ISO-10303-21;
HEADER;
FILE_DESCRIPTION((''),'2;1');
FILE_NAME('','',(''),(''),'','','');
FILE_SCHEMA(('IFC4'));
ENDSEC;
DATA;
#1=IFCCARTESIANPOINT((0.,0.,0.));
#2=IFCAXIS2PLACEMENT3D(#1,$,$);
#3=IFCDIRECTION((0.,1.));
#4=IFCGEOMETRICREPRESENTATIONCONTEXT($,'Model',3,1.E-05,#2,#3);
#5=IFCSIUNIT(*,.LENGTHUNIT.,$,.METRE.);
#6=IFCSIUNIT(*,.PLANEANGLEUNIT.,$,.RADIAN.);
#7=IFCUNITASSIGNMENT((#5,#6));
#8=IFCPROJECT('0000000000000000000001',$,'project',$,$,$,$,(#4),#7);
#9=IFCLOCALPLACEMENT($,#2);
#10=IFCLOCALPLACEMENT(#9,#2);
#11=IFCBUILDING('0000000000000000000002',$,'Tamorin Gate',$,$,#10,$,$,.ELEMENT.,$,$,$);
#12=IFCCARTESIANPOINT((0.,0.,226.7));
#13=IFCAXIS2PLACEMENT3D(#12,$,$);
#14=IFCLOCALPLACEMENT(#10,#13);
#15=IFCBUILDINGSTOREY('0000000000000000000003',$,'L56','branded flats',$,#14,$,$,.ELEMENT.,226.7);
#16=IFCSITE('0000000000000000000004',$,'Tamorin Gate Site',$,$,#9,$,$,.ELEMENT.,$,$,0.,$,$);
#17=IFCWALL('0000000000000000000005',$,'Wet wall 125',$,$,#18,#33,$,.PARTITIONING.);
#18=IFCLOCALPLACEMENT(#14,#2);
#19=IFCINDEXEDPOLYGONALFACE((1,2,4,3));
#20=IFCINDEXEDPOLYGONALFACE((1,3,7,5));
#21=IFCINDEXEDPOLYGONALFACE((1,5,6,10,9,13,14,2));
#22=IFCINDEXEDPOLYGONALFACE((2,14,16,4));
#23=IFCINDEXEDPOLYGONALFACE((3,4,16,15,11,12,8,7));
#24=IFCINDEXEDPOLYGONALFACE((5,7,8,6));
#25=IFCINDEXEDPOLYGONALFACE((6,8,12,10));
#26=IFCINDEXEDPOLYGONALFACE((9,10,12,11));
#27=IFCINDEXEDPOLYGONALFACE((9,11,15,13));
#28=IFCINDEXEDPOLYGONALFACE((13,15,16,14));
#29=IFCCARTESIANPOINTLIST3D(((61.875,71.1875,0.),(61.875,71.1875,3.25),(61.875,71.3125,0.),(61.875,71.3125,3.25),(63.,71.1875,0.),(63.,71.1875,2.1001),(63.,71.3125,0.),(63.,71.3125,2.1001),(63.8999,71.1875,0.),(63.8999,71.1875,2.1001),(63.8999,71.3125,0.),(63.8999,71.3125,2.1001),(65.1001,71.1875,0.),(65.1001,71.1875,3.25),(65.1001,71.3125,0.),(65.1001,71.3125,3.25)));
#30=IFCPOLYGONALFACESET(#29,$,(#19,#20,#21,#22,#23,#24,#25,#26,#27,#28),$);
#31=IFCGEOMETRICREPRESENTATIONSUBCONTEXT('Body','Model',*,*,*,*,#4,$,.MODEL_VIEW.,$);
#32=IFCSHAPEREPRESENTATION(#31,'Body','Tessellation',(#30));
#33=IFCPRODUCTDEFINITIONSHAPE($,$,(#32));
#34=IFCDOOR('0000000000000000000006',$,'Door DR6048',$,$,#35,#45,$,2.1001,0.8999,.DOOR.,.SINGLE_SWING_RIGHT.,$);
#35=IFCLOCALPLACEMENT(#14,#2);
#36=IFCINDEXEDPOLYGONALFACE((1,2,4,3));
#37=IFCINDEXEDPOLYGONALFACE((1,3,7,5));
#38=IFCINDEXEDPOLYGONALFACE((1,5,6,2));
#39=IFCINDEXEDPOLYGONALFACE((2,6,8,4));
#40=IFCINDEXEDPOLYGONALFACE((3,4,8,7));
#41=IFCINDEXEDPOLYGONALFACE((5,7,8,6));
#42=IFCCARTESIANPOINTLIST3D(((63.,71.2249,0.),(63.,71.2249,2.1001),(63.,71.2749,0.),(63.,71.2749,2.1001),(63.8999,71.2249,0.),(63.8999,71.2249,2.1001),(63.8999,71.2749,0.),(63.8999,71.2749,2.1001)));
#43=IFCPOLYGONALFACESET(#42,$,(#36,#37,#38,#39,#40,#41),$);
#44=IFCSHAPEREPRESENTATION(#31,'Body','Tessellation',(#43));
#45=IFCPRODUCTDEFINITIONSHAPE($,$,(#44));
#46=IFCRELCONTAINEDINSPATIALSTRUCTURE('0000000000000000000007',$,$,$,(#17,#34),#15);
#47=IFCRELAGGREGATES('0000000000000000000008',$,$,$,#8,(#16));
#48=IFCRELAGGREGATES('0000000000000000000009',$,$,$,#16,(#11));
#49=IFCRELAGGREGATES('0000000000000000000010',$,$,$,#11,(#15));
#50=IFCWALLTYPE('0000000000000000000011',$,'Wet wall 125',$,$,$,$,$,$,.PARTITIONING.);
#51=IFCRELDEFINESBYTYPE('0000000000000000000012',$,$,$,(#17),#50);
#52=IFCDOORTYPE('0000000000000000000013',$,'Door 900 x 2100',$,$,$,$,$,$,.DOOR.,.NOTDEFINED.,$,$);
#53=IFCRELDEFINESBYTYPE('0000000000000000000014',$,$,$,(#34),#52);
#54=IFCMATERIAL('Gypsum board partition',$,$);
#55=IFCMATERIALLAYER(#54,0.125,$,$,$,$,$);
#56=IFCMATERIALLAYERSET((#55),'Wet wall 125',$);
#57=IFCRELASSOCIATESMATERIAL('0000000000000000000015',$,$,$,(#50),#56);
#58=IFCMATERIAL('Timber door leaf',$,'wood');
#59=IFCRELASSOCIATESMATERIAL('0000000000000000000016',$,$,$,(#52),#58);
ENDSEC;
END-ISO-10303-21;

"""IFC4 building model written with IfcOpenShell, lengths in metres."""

from ifc_helpers import new_model, si_unit, direction, frame, frame_2d, origin, place, context, subcontext, project, spatial, rectangle, extrude, material, layer, layer_set, type_object, element, fill, save


model = new_model("IFC4")

# Units and contexts
model_context = context("Model", 3, precision=1e-05, world=origin(), true_north=direction((0.0, 1.0)))
body_context = subcontext(model_context, "Body", "Model", "MODEL_VIEW")
ifc_project = project(units=[si_unit("LENGTHUNIT", "METRE"), si_unit("PLANEANGLEUNIT", "RADIAN")], contexts=[model_context])

# Site, building, storey
site_placement = place(None, origin())
site = spatial("IfcSite", under=ifc_project, at=site_placement, Name="Tamorin Gate Site", CompositionType="ELEMENT", RefElevation=0.0)
building_placement = place(site_placement, origin())
building = spatial("IfcBuilding", under=site, at=building_placement, Name="Tamorin Gate", CompositionType="ELEMENT")
storey_placement = place(building_placement, frame((0.0, 0.0, 226.7)))
storey = spatial("IfcBuildingStorey", under=building, at=storey_placement, Name="L56", Description="branded flats", CompositionType="ELEMENT", Elevation=226.7)

# Shared definitions
ifc_material_1 = material(Name="Gypsum board partition")

# Wall, opening, door
ifc_layer_1 = layer(ifc_material_1, 0.125)
ifc_layer_set_1 = layer_set([ifc_layer_1], Name="Wet wall 125")
wall_type_1 = type_object("IfcWallType", Name="Wet wall 125", PredefinedType="PARTITIONING", material=ifc_layer_set_1)
wall_1_placement = place(storey_placement, frame((61.875, 71.25, 0.0), z_axis=(0.0, 0.0, 1.0), x_axis=(1.0, 0.0, 0.0)))
wall_1 = element("IfcWall", 1, at=wall_1_placement, inside=storey, type_object=wall_type_1, Name="Wet wall 125", PredefinedType="PARTITIONING", context=body_context, shape_type="SweptSolid", body=[
    extrude(rectangle(XDim=3.2251, YDim=0.125, at=frame_2d((1.6125, 0.0))), origin(), (0.0, 0.0, 1.0), 3.25),
])
opening_1_placement = place(wall_1_placement, frame((1.125, 0.0, 0.0)))
opening_1 = element("IfcOpeningElement", 2, at=opening_1_placement, cuts=wall_1, PredefinedType="OPENING", context=body_context, shape_type="SweptSolid", body=[
    extrude(rectangle(XDim=0.8999, YDim=2.1001, at=frame_2d((0.45, 1.05))), frame((0.0, 0.0725, 0.0), z_axis=(0.0, -1.0, 0.0), x_axis=(1.0, 0.0, 0.0)), (0.0, 0.0, 1.0), 0.145),
])
ifc_material_2 = material(Name="Timber door leaf", Category="wood")
door_type_1 = type_object("IfcDoorType", Name="Door 900 x 2100", OperationType="NOTDEFINED", PredefinedType="DOOR", material=ifc_material_2)
door_1_placement = place(opening_1_placement, origin())
door_1 = element("IfcDoor", 3, at=door_1_placement, inside=storey, type_object=door_type_1, Name="Door DR6048", OperationType="SINGLE_SWING_RIGHT", OverallHeight=2.1001, OverallWidth=0.8999, PredefinedType="DOOR", context=body_context, shape_type="SweptSolid", body=[
    extrude(rectangle(XDim=0.8999, YDim=2.1001, at=frame_2d((0.45, 1.05))), frame((0.0, 0.0249, 0.0), z_axis=(0.0, -1.0, 0.0), x_axis=(1.0, 0.0, 0.0)), (0.0, 0.0, 1.0), 0.05),
])
fill(opening_1, door_1)

save(model, "model.ifc")
